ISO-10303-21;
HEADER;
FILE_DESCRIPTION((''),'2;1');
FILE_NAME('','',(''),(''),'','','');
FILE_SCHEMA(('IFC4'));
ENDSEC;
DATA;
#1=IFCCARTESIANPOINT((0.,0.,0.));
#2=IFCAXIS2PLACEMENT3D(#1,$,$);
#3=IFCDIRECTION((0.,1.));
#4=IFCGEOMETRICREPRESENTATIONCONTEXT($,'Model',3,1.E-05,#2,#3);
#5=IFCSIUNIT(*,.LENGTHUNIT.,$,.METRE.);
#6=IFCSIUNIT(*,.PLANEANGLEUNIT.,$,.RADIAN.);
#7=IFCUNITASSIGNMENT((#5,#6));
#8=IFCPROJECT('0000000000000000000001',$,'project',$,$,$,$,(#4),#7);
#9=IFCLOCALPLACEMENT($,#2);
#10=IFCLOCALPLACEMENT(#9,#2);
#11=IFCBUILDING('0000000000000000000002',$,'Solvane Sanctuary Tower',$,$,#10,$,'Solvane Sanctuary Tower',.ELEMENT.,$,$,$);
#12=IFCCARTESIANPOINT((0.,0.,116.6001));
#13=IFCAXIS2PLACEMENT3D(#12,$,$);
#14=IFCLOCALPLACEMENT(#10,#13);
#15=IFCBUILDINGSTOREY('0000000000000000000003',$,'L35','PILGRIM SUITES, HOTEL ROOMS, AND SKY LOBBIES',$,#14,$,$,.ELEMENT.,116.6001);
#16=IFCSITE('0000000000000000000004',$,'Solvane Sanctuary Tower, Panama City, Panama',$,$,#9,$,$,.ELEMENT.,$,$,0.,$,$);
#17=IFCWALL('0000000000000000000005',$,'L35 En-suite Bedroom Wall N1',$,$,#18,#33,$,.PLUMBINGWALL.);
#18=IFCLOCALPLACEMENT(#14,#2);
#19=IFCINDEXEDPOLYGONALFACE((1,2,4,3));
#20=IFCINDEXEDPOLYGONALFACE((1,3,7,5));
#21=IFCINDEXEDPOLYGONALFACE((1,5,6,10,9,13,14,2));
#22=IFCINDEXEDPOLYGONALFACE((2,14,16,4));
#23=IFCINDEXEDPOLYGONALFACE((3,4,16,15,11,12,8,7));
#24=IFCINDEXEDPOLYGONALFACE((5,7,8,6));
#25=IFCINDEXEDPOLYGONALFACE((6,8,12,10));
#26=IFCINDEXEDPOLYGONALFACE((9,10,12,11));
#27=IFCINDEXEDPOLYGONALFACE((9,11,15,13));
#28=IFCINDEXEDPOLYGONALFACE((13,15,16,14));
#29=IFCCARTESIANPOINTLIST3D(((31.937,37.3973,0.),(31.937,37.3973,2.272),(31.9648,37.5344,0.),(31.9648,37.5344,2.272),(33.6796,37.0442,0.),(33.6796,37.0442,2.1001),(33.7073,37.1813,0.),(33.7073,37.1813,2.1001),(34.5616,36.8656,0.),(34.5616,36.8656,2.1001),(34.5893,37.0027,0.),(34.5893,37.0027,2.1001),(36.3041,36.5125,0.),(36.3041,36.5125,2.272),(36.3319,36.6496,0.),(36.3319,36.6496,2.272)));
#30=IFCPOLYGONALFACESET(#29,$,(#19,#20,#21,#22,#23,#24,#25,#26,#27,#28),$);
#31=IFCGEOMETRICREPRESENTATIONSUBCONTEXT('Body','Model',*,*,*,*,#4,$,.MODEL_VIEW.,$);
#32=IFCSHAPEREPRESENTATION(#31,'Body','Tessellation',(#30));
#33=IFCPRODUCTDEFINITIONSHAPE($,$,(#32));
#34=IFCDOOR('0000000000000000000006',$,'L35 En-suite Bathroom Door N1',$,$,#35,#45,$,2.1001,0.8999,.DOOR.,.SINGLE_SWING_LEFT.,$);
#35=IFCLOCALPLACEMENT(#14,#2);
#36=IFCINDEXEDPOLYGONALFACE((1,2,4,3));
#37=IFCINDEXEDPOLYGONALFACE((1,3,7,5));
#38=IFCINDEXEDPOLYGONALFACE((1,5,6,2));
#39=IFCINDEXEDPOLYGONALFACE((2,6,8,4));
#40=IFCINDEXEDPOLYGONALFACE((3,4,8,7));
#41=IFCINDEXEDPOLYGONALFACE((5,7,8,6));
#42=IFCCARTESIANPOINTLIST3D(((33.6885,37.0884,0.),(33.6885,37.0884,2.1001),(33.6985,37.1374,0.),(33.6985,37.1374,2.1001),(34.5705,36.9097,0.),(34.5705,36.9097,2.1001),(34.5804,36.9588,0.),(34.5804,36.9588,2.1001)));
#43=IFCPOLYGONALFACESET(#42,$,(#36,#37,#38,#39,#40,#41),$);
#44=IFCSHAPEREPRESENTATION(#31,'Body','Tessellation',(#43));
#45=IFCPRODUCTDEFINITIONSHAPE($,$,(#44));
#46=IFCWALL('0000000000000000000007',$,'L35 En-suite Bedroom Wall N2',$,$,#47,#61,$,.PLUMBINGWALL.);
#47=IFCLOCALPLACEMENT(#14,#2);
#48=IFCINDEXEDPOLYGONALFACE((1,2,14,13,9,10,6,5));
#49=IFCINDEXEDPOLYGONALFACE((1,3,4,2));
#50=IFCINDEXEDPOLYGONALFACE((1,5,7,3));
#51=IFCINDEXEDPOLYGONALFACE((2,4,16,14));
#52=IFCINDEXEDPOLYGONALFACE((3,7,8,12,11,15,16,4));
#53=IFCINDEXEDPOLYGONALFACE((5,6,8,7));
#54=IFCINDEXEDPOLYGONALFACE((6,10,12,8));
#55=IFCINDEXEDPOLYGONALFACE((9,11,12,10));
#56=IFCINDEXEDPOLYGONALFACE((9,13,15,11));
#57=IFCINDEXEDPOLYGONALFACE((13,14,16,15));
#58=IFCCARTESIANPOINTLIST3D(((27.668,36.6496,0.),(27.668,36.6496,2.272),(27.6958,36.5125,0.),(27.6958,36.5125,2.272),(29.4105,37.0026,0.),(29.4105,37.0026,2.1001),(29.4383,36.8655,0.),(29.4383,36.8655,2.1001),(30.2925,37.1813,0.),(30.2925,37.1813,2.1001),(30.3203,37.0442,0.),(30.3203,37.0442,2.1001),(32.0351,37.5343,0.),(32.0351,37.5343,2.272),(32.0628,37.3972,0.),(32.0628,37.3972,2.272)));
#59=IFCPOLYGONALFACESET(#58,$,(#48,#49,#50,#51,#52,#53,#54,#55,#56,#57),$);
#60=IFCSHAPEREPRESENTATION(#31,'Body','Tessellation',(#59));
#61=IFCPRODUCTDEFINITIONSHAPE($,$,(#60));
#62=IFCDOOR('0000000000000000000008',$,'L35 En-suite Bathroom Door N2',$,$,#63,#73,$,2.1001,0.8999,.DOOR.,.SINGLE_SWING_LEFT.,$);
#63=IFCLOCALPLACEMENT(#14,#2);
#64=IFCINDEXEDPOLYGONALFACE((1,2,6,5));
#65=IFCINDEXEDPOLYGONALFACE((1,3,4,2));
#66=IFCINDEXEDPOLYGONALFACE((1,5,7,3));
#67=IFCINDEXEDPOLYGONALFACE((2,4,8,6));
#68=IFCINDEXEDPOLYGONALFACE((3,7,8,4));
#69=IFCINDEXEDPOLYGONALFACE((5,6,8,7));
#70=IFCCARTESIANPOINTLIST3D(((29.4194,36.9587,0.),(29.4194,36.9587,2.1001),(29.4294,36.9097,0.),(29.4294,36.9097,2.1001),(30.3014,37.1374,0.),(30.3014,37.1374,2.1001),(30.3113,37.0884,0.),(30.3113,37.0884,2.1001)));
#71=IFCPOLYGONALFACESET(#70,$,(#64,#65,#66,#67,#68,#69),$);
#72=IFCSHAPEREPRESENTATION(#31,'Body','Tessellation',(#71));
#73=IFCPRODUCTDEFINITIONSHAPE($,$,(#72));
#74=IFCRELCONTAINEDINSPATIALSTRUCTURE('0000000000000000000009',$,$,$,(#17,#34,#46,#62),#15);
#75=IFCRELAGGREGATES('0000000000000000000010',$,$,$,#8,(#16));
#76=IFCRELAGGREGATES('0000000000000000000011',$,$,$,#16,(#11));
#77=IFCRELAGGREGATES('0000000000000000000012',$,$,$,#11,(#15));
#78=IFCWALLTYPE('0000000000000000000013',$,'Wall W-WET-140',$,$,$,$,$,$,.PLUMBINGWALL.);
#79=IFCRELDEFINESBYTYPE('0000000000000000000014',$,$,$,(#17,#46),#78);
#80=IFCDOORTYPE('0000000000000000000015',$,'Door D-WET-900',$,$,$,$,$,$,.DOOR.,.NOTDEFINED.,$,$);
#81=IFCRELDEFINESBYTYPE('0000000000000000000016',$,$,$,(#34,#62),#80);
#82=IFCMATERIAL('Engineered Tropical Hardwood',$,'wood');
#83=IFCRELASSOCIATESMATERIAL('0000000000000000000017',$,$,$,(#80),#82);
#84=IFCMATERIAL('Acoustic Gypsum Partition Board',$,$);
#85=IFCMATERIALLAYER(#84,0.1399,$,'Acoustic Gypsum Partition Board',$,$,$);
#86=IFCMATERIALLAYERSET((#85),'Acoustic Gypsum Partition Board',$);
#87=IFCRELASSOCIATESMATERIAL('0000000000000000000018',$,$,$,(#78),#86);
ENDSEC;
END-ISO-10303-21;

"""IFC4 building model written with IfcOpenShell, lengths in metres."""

from ifc_helpers import new_model, si_unit, direction, frame, frame_2d, origin, place, context, subcontext, project, spatial, rectangle, extrude, material, layer, layer_set, type_object, element, fill, save


model = new_model("IFC4")

# Units and contexts
model_context = context("Model", 3, precision=1e-05, world=origin(), true_north=direction((0.0, 1.0)))
body_context = subcontext(model_context, "Body", "Model", "MODEL_VIEW")
ifc_project = project(units=[si_unit("LENGTHUNIT", "METRE"), si_unit("PLANEANGLEUNIT", "RADIAN")], contexts=[model_context])

# Site, building, storey
site_placement = place(None, origin())
site = spatial("IfcSite", under=ifc_project, at=site_placement, Name="Solvane Sanctuary Tower, Panama City, Panama", CompositionType="ELEMENT", RefElevation=0.0)
building_placement = place(site_placement, origin())
building = spatial("IfcBuilding", under=site, at=building_placement, Name="Solvane Sanctuary Tower", LongName="Solvane Sanctuary Tower", CompositionType="ELEMENT")
storey_placement = place(building_placement, frame((0.0, 0.0, 116.6001)))
storey = spatial("IfcBuildingStorey", under=building, at=storey_placement, Name="L35", Description="PILGRIM SUITES, HOTEL ROOMS, AND SKY LOBBIES", CompositionType="ELEMENT", Elevation=116.6001)

# Shared definitions
ifc_material_1 = material(Name="Acoustic Gypsum Partition Board")

# Shared definitions
ifc_material_2 = material(Name="Engineered Tropical Hardwood", Category="wood")
door_type_1 = type_object("IfcDoorType", Name="Door D-WET-900", OperationType="NOTDEFINED", PredefinedType="DOOR", material=ifc_material_2)

# Shared definitions
ifc_layer_1 = layer(ifc_material_1, 0.1399, Name="Acoustic Gypsum Partition Board")
ifc_layer_set_1 = layer_set([ifc_layer_1], Name="Acoustic Gypsum Partition Board")
wall_type_1 = type_object("IfcWallType", Name="Wall W-WET-140", PredefinedType="PLUMBINGWALL", material=ifc_layer_set_1)

# Walls, openings, doors
wall_1_placement = place(storey_placement, frame((36.3181, 36.5811, 0.0), z_axis=(0.0, 0.0, 1.0), x_axis=(-0.980089, 0.19856, 0.0)))
wall_1 = element("IfcWall", 1, at=wall_1_placement, inside=storey, type_object=wall_type_1, Name="L35 En-suite Bedroom Wall N1", PredefinedType="PLUMBINGWALL", context=body_context, shape_type="SweptSolid", body=[
    extrude(rectangle(XDim=4.4558, YDim=0.1399, at=frame_2d((2.228, 0.0))), origin(), (0.0, 0.0, 1.0), 2.272),
])
opening_1_placement = place(wall_1_placement, frame((1.7781, 0.0, 0.0)))
opening_1 = element("IfcOpeningElement", 2, at=opening_1_placement, cuts=wall_1, PredefinedType="OPENING", context=body_context, shape_type="SweptSolid", body=[
    extrude(rectangle(XDim=0.8999, YDim=2.1001, at=frame_2d((0.45, 1.05))), frame((0.0, 0.0798, 0.0), z_axis=(0.0, -1.0, 0.0), x_axis=(1.0, 0.0, 0.0)), (0.0, 0.0, 1.0), 0.1599),
])
door_1_placement = place(opening_1_placement, origin())
door_1 = element("IfcDoor", 3, at=door_1_placement, inside=storey, type_object=door_type_1, Name="L35 En-suite Bathroom Door N1", OperationType="SINGLE_SWING_LEFT", OverallHeight=2.1001, OverallWidth=0.8999, PredefinedType="DOOR", context=body_context, shape_type="SweptSolid", body=[
    extrude(rectangle(XDim=0.8999, YDim=2.1001, at=frame_2d((0.45, 1.05))), frame((0.0, 0.0249, 0.0), z_axis=(0.0, -1.0, 0.0), x_axis=(1.0, 0.0, 0.0)), (0.0, 0.0, 1.0), 0.05),
])
fill(opening_1, door_1)
wall_2_placement = place(storey_placement, frame((32.0491, 37.4658, 0.0), z_axis=(0.0, 0.0, 1.0), x_axis=(-0.980089, -0.19856, 0.0)))
wall_2 = element("IfcWall", 4, at=wall_2_placement, inside=storey, type_object=wall_type_1, Name="L35 En-suite Bedroom Wall N2", PredefinedType="PLUMBINGWALL", context=body_context, shape_type="SweptSolid", body=[
    extrude(rectangle(XDim=4.4558, YDim=0.1399, at=frame_2d((2.228, 0.0))), origin(), (0.0, 0.0, 1.0), 2.272),
])
opening_2_placement = place(wall_2_placement, frame((1.7781, 0.0, 0.0)))
opening_2 = element("IfcOpeningElement", 5, at=opening_2_placement, cuts=wall_2, PredefinedType="OPENING", context=body_context, shape_type="SweptSolid", body=[
    extrude(rectangle(XDim=0.8999, YDim=2.1001, at=frame_2d((0.45, 1.05))), frame((0.0, 0.0798, 0.0), z_axis=(0.0, -1.0, 0.0), x_axis=(1.0, 0.0, 0.0)), (0.0, 0.0, 1.0), 0.1599),
])
door_2_placement = place(opening_2_placement, origin())
door_2 = element("IfcDoor", 6, at=door_2_placement, inside=storey, type_object=door_type_1, Name="L35 En-suite Bathroom Door N2", OperationType="SINGLE_SWING_LEFT", OverallHeight=2.1001, OverallWidth=0.8999, PredefinedType="DOOR", context=body_context, shape_type="SweptSolid", body=[
    extrude(rectangle(XDim=0.8999, YDim=2.1001, at=frame_2d((0.45, 1.05))), frame((0.0, 0.0249, 0.0), z_axis=(0.0, -1.0, 0.0), x_axis=(1.0, 0.0, 0.0)), (0.0, 0.0, 1.0), 0.05),
])
fill(opening_2, door_2)

save(model, "model.ifc")
